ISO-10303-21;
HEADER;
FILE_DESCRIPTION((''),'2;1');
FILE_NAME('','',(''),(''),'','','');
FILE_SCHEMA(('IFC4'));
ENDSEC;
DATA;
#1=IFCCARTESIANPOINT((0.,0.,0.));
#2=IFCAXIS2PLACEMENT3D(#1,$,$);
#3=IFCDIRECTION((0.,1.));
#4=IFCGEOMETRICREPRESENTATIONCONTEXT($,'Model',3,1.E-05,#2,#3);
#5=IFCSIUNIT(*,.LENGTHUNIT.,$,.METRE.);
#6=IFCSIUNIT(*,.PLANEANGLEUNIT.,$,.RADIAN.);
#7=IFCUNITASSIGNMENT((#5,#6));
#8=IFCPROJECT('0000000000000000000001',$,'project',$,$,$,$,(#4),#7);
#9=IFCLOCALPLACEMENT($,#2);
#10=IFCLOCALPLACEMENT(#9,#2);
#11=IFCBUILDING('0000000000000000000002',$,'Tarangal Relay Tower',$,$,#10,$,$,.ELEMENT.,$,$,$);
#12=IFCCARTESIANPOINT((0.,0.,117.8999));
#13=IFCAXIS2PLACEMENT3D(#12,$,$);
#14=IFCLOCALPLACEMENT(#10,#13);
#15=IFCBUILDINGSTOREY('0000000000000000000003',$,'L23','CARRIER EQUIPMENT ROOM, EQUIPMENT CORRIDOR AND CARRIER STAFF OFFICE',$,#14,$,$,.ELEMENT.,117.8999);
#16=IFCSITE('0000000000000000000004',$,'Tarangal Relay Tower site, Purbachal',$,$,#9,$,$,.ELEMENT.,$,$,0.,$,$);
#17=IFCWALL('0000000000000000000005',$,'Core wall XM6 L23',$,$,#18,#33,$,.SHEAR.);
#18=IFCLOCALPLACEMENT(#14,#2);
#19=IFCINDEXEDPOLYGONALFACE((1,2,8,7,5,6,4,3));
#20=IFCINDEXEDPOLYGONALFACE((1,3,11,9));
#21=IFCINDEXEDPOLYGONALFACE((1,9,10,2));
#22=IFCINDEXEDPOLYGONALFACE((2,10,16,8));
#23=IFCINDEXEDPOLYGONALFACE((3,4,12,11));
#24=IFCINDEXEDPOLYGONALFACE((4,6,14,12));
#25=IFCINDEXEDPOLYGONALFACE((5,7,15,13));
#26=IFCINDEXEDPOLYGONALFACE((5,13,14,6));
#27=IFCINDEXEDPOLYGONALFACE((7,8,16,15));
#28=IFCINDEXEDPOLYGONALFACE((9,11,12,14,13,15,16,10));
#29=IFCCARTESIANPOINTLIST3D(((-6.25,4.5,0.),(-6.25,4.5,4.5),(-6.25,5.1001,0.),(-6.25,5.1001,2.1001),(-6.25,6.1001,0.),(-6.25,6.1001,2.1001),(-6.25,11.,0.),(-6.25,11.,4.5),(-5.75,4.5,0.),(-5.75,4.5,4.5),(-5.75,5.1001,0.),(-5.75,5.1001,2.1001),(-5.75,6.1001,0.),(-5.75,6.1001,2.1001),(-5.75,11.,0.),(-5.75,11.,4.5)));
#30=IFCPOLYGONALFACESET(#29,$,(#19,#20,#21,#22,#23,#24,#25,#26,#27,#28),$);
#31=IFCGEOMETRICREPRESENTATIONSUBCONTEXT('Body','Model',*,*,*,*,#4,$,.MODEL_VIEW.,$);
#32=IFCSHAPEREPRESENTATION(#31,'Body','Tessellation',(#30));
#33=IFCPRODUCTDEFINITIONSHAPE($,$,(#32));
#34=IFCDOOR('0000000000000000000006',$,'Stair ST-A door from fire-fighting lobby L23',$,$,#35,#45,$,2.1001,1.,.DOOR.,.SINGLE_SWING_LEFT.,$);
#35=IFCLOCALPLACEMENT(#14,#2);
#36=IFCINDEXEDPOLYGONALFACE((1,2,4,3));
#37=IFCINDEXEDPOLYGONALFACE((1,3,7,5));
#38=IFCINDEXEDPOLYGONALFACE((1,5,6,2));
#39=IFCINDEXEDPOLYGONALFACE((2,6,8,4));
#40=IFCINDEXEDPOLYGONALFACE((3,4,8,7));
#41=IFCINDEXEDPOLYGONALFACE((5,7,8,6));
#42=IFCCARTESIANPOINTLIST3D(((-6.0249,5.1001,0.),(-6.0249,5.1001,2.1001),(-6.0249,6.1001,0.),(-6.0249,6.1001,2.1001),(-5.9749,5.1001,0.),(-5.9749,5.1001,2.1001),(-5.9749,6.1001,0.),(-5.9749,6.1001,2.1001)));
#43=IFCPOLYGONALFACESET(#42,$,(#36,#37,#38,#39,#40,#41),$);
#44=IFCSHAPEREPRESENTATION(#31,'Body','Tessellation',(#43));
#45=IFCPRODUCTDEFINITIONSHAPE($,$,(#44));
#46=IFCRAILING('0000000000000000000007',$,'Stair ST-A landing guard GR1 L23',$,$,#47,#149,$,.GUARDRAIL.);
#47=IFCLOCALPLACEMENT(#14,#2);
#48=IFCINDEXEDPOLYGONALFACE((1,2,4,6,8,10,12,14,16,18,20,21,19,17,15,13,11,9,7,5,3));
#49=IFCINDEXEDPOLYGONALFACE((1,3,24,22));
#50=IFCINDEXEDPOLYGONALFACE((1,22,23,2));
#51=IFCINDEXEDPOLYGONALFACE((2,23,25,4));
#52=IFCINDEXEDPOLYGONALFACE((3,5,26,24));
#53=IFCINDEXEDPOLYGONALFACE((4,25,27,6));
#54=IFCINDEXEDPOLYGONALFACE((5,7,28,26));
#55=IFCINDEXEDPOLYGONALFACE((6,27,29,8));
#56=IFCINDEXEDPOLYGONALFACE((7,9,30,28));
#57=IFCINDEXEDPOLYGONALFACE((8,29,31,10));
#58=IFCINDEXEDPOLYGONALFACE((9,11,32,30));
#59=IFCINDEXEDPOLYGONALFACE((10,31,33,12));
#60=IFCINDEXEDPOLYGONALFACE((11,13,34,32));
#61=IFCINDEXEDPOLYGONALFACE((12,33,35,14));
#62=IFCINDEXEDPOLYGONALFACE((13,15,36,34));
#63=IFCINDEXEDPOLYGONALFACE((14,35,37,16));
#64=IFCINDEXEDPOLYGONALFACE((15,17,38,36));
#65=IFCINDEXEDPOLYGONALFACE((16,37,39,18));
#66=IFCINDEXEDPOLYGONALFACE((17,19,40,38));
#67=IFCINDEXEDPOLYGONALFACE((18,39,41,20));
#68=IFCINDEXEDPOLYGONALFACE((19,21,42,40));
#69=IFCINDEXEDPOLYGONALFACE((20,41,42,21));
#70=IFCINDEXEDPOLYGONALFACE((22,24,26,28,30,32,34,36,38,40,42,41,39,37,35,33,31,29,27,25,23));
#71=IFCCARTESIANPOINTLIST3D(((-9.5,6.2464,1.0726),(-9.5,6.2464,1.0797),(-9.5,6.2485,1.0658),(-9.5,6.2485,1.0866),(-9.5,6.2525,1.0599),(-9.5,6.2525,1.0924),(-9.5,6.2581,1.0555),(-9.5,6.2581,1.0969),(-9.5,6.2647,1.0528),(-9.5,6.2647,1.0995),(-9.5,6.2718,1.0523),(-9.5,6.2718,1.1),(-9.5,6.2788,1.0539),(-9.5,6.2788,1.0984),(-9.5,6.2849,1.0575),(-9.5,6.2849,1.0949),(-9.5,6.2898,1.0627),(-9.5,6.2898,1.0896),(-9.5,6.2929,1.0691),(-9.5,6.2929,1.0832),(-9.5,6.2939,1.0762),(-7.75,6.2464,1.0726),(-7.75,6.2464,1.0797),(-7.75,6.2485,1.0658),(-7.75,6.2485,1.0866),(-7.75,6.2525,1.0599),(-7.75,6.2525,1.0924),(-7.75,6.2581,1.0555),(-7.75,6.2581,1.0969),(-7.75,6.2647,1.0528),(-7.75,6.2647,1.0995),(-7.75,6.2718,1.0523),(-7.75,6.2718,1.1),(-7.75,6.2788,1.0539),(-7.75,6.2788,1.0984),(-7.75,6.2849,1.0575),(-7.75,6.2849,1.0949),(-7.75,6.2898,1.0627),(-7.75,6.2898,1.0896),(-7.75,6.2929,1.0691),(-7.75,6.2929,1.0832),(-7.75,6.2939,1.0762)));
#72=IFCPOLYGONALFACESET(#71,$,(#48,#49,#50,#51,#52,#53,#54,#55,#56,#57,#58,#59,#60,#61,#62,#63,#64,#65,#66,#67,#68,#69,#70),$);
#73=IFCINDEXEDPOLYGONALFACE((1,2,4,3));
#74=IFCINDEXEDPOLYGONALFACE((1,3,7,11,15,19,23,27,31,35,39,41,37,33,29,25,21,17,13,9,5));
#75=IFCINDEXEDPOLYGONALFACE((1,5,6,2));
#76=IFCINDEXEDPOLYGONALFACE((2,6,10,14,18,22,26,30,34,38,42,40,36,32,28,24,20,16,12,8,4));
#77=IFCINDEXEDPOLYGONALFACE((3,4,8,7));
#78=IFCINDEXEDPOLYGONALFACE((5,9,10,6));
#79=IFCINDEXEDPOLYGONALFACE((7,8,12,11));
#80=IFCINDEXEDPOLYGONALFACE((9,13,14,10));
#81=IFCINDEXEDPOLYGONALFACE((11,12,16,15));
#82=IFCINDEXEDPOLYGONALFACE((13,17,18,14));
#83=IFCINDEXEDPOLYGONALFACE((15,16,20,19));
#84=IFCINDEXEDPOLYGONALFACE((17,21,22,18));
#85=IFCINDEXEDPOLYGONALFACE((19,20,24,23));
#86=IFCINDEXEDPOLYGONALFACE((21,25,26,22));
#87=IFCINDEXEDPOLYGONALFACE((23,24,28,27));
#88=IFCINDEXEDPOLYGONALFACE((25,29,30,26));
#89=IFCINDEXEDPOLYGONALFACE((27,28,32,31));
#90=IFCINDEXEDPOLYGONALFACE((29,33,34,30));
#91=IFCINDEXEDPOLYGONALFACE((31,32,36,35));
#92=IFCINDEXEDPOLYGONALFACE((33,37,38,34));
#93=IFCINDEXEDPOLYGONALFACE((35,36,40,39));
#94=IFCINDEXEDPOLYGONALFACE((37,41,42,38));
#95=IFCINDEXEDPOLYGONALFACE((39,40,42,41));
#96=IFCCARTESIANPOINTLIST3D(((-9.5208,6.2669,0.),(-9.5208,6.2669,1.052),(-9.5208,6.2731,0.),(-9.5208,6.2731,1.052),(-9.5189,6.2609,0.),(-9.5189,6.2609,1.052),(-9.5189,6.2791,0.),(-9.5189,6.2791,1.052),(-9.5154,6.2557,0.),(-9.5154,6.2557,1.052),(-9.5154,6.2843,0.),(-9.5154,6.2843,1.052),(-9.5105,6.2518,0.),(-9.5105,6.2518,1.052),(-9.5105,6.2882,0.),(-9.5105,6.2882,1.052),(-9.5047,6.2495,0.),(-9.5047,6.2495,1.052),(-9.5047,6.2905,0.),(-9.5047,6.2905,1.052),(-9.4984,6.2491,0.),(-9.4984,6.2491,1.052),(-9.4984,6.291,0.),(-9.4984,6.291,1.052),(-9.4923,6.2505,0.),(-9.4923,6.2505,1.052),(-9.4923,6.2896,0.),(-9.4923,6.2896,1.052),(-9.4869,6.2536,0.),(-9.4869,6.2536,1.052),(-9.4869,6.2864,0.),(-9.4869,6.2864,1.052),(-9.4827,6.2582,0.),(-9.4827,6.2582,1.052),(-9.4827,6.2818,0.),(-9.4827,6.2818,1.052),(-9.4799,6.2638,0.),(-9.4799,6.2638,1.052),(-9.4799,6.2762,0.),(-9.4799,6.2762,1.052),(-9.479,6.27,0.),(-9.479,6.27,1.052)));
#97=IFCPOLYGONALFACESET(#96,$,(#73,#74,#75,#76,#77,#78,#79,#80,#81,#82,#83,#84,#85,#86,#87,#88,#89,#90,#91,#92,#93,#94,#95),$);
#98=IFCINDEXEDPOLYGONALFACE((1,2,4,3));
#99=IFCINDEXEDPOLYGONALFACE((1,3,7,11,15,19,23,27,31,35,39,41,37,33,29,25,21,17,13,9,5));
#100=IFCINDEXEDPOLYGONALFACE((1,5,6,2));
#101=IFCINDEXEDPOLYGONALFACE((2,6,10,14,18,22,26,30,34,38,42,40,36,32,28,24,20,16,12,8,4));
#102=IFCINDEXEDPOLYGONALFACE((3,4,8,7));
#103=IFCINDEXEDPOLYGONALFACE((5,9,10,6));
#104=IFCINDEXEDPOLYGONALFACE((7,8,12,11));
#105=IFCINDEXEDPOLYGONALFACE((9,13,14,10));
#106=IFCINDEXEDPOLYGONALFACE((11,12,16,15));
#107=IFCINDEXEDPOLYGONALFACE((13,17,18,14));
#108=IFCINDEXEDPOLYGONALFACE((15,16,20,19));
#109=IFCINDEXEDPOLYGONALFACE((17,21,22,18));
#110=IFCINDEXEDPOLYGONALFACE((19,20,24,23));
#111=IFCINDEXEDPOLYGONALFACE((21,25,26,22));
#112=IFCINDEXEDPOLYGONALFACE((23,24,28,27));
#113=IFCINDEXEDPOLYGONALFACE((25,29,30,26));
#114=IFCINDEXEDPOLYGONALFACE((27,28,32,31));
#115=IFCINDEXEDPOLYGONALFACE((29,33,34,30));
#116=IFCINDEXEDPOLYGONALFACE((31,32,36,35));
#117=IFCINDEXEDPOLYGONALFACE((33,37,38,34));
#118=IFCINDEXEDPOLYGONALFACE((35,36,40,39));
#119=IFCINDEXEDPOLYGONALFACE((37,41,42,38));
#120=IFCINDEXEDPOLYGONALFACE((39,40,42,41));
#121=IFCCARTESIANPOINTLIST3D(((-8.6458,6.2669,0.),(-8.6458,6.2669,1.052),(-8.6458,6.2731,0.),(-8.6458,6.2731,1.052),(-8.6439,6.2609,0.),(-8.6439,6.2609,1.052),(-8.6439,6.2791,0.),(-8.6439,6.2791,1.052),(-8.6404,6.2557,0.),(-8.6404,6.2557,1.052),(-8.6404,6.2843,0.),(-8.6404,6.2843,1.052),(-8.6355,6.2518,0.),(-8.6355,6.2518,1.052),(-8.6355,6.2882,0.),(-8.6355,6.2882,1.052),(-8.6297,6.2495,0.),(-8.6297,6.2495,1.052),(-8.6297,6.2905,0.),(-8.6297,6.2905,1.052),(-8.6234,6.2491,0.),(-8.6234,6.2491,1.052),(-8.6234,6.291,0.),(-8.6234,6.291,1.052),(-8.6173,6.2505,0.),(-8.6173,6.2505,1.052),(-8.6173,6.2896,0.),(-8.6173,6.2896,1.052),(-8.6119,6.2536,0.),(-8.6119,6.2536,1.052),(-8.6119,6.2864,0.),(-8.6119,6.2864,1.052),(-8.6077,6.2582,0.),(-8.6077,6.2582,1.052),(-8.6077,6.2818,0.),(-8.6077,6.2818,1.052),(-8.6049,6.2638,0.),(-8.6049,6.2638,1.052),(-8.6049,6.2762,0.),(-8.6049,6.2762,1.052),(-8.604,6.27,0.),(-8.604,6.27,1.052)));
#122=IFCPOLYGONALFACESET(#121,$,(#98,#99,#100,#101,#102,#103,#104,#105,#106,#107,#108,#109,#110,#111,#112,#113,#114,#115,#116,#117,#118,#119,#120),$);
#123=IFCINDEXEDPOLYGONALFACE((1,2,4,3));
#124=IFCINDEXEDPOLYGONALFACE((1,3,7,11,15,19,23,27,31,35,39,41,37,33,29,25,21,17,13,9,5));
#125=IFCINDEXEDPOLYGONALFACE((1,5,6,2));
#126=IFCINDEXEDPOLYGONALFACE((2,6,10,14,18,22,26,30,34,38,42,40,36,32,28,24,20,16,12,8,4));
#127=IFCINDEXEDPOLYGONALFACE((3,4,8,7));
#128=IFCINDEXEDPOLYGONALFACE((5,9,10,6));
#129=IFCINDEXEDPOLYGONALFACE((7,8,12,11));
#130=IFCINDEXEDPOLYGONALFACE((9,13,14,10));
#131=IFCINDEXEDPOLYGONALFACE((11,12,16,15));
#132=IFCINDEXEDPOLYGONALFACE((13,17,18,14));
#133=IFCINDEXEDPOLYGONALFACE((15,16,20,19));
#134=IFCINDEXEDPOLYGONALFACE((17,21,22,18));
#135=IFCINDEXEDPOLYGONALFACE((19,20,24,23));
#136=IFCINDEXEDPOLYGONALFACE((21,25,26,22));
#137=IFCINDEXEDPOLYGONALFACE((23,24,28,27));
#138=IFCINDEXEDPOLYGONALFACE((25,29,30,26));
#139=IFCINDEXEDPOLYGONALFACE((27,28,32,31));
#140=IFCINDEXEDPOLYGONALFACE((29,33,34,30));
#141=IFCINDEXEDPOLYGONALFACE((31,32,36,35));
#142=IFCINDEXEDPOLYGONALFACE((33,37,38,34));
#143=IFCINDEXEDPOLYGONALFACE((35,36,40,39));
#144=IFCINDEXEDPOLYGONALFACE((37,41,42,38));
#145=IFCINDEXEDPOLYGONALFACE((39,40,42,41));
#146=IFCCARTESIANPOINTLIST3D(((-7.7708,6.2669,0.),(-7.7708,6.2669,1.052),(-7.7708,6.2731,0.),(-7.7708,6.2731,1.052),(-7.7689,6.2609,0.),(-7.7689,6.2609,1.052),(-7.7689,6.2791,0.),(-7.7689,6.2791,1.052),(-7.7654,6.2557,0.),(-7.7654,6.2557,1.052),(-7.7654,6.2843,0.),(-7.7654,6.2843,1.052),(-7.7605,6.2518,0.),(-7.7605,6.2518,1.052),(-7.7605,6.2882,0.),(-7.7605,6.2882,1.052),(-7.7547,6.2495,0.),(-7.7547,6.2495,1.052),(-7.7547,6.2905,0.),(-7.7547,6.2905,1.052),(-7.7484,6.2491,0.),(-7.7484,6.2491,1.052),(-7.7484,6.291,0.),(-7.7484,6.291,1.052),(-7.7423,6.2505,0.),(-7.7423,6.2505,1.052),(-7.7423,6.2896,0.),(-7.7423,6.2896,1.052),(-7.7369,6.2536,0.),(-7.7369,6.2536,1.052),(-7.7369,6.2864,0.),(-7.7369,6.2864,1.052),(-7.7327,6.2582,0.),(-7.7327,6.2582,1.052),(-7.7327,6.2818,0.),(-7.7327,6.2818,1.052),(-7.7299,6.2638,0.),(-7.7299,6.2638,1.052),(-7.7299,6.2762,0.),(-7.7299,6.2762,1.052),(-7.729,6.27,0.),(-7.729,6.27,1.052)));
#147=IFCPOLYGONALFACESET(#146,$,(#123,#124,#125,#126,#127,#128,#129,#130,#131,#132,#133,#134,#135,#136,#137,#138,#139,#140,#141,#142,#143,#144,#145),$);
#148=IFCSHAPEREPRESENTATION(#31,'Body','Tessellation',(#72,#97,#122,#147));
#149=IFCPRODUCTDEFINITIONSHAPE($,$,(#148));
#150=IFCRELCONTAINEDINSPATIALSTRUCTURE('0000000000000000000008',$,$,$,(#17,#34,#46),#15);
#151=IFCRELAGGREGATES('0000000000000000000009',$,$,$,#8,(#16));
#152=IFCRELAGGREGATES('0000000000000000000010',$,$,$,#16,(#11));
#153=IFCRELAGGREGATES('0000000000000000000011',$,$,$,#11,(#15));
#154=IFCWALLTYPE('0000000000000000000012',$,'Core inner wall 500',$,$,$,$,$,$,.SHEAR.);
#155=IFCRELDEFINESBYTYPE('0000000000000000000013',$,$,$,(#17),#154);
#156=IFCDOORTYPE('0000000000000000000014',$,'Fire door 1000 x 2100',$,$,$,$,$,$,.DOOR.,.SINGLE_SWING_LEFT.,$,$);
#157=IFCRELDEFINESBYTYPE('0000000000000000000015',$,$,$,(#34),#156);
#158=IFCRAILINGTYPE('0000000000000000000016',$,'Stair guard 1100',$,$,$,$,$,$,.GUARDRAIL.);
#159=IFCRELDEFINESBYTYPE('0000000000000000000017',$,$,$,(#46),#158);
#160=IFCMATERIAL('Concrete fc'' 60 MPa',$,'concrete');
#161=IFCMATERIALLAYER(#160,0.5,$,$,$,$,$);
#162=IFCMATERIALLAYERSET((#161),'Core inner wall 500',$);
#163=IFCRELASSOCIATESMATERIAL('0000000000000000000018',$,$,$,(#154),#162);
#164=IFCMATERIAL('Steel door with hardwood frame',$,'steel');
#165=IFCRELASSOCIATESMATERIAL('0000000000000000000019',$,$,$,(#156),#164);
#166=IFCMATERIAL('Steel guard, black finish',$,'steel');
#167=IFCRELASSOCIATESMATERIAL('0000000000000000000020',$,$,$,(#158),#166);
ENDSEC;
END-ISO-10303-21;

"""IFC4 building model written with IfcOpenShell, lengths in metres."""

from ifc_helpers import new_model, si_unit, direction, frame, frame_2d, origin, origin_2d, place, context, subcontext, project, spatial, rectangle, circle, extrude, material, layer, layer_set, type_object, element, fill, save


model = new_model("IFC4")

# Units and contexts
model_context = context("Model", 3, precision=1e-05, world=origin(), true_north=direction((0.0, 1.0)))
body_context = subcontext(model_context, "Body", "Model", "MODEL_VIEW")
ifc_project = project(units=[si_unit("LENGTHUNIT", "METRE"), si_unit("PLANEANGLEUNIT", "RADIAN")], contexts=[model_context])

# Site, building, storey
site_placement = place(None, origin())
site = spatial("IfcSite", under=ifc_project, at=site_placement, Name="Tarangal Relay Tower site, Purbachal", CompositionType="ELEMENT", RefElevation=0.0)
building_placement = place(site_placement, origin())
building = spatial("IfcBuilding", under=site, at=building_placement, Name="Tarangal Relay Tower", CompositionType="ELEMENT")
storey_placement = place(building_placement, frame((0.0, 0.0, 117.8999)))
storey = spatial("IfcBuildingStorey", under=building, at=storey_placement, Name="L23", Description="CARRIER EQUIPMENT ROOM, EQUIPMENT CORRIDOR AND CARRIER STAFF OFFICE", CompositionType="ELEMENT", Elevation=117.8999)

# Shared definitions
ifc_material_1 = material(Name="Concrete fc' 60 MPa", Category="concrete")
ifc_layer_1 = layer(ifc_material_1, 0.5)
ifc_layer_set_1 = layer_set([ifc_layer_1], Name="Core inner wall 500")
wall_type = type_object("IfcWallType", Name="Core inner wall 500", PredefinedType="SHEAR", material=ifc_layer_set_1)
ifc_material_2 = material(Name="Steel door with hardwood frame", Category="steel")

# Wall, opening, door
wall_1_placement = place(storey_placement, frame((-6.0, 4.5, 0.0), z_axis=(0.0, 0.0, 1.0), x_axis=(0.0, 1.0, 0.0)))
wall_1 = element("IfcWall", 1, at=wall_1_placement, inside=storey, type_object=wall_type, Name="Core wall XM6 L23", PredefinedType="SHEAR", context=body_context, shape_type="SweptSolid", body=[
    extrude(rectangle(XDim=6.5, YDim=0.5, at=frame_2d((3.25, 0.0))), origin(), (0.0, 0.0, 1.0), 4.5),
])
opening_1_placement = place(wall_1_placement, frame((0.6001, 0.0, 0.0)))
opening_1 = element("IfcOpeningElement", 2, at=opening_1_placement, cuts=wall_1, PredefinedType="OPENING", context=body_context, shape_type="SweptSolid", body=[
    extrude(rectangle(XDim=1.0, YDim=2.1001, at=frame_2d((0.5, 1.05))), frame((0.0, 0.26, 0.0), z_axis=(0.0, -1.0, 0.0), x_axis=(1.0, 0.0, 0.0)), (0.0, 0.0, 1.0), 0.52),
])
door_type_1 = type_object("IfcDoorType", Name="Fire door 1000 x 2100", OperationType="SINGLE_SWING_LEFT", PredefinedType="DOOR", material=ifc_material_2)
door_1_placement = place(opening_1_placement, origin())
door_1 = element("IfcDoor", 3, at=door_1_placement, inside=storey, type_object=door_type_1, Name="Stair ST-A door from fire-fighting lobby L23", OperationType="SINGLE_SWING_LEFT", OverallHeight=2.1001, OverallWidth=1.0, PredefinedType="DOOR", context=body_context, shape_type="SweptSolid", body=[
    extrude(rectangle(XDim=1.0, YDim=2.1001, at=frame_2d((0.5, 1.05))), frame((0.0, 0.0249, 0.0), z_axis=(0.0, -1.0, 0.0), x_axis=(1.0, 0.0, 0.0)), (0.0, 0.0, 1.0), 0.05),
])
fill(opening_1, door_1)

# Railing
ifc_material_3 = material(Name="Steel guard, black finish", Category="steel")
railing_type = type_object("IfcRailingType", Name="Stair guard 1100", PredefinedType="GUARDRAIL", material=ifc_material_3)
railing_placement = place(storey_placement, frame((-9.5, 6.27, 0.0)))
element("IfcRailing", 4, at=railing_placement, inside=storey, type_object=railing_type, Name="Stair ST-A landing guard GR1 L23", PredefinedType="GUARDRAIL", context=body_context, shape_type="SweptSolid", body=[
    extrude(circle(Radius=0.0239, at=origin_2d()), frame((0.0, 0.0, 1.0762), z_axis=(1.0, 0.0, 0.0), x_axis=(0.0, 1.0, 0.0)), (0.0, 0.0, 1.0), 1.75),
    extrude(circle(Radius=0.021, at=origin_2d()), origin(), (0.0, 0.0, 1.0), 1.052),
    extrude(circle(Radius=0.021, at=origin_2d()), frame((0.875, 0.0, 0.0)), (0.0, 0.0, 1.0), 1.052),
    extrude(circle(Radius=0.021, at=origin_2d()), frame((1.75, 0.0, 0.0)), (0.0, 0.0, 1.0), 1.052),
])

save(model, "model.ifc")
